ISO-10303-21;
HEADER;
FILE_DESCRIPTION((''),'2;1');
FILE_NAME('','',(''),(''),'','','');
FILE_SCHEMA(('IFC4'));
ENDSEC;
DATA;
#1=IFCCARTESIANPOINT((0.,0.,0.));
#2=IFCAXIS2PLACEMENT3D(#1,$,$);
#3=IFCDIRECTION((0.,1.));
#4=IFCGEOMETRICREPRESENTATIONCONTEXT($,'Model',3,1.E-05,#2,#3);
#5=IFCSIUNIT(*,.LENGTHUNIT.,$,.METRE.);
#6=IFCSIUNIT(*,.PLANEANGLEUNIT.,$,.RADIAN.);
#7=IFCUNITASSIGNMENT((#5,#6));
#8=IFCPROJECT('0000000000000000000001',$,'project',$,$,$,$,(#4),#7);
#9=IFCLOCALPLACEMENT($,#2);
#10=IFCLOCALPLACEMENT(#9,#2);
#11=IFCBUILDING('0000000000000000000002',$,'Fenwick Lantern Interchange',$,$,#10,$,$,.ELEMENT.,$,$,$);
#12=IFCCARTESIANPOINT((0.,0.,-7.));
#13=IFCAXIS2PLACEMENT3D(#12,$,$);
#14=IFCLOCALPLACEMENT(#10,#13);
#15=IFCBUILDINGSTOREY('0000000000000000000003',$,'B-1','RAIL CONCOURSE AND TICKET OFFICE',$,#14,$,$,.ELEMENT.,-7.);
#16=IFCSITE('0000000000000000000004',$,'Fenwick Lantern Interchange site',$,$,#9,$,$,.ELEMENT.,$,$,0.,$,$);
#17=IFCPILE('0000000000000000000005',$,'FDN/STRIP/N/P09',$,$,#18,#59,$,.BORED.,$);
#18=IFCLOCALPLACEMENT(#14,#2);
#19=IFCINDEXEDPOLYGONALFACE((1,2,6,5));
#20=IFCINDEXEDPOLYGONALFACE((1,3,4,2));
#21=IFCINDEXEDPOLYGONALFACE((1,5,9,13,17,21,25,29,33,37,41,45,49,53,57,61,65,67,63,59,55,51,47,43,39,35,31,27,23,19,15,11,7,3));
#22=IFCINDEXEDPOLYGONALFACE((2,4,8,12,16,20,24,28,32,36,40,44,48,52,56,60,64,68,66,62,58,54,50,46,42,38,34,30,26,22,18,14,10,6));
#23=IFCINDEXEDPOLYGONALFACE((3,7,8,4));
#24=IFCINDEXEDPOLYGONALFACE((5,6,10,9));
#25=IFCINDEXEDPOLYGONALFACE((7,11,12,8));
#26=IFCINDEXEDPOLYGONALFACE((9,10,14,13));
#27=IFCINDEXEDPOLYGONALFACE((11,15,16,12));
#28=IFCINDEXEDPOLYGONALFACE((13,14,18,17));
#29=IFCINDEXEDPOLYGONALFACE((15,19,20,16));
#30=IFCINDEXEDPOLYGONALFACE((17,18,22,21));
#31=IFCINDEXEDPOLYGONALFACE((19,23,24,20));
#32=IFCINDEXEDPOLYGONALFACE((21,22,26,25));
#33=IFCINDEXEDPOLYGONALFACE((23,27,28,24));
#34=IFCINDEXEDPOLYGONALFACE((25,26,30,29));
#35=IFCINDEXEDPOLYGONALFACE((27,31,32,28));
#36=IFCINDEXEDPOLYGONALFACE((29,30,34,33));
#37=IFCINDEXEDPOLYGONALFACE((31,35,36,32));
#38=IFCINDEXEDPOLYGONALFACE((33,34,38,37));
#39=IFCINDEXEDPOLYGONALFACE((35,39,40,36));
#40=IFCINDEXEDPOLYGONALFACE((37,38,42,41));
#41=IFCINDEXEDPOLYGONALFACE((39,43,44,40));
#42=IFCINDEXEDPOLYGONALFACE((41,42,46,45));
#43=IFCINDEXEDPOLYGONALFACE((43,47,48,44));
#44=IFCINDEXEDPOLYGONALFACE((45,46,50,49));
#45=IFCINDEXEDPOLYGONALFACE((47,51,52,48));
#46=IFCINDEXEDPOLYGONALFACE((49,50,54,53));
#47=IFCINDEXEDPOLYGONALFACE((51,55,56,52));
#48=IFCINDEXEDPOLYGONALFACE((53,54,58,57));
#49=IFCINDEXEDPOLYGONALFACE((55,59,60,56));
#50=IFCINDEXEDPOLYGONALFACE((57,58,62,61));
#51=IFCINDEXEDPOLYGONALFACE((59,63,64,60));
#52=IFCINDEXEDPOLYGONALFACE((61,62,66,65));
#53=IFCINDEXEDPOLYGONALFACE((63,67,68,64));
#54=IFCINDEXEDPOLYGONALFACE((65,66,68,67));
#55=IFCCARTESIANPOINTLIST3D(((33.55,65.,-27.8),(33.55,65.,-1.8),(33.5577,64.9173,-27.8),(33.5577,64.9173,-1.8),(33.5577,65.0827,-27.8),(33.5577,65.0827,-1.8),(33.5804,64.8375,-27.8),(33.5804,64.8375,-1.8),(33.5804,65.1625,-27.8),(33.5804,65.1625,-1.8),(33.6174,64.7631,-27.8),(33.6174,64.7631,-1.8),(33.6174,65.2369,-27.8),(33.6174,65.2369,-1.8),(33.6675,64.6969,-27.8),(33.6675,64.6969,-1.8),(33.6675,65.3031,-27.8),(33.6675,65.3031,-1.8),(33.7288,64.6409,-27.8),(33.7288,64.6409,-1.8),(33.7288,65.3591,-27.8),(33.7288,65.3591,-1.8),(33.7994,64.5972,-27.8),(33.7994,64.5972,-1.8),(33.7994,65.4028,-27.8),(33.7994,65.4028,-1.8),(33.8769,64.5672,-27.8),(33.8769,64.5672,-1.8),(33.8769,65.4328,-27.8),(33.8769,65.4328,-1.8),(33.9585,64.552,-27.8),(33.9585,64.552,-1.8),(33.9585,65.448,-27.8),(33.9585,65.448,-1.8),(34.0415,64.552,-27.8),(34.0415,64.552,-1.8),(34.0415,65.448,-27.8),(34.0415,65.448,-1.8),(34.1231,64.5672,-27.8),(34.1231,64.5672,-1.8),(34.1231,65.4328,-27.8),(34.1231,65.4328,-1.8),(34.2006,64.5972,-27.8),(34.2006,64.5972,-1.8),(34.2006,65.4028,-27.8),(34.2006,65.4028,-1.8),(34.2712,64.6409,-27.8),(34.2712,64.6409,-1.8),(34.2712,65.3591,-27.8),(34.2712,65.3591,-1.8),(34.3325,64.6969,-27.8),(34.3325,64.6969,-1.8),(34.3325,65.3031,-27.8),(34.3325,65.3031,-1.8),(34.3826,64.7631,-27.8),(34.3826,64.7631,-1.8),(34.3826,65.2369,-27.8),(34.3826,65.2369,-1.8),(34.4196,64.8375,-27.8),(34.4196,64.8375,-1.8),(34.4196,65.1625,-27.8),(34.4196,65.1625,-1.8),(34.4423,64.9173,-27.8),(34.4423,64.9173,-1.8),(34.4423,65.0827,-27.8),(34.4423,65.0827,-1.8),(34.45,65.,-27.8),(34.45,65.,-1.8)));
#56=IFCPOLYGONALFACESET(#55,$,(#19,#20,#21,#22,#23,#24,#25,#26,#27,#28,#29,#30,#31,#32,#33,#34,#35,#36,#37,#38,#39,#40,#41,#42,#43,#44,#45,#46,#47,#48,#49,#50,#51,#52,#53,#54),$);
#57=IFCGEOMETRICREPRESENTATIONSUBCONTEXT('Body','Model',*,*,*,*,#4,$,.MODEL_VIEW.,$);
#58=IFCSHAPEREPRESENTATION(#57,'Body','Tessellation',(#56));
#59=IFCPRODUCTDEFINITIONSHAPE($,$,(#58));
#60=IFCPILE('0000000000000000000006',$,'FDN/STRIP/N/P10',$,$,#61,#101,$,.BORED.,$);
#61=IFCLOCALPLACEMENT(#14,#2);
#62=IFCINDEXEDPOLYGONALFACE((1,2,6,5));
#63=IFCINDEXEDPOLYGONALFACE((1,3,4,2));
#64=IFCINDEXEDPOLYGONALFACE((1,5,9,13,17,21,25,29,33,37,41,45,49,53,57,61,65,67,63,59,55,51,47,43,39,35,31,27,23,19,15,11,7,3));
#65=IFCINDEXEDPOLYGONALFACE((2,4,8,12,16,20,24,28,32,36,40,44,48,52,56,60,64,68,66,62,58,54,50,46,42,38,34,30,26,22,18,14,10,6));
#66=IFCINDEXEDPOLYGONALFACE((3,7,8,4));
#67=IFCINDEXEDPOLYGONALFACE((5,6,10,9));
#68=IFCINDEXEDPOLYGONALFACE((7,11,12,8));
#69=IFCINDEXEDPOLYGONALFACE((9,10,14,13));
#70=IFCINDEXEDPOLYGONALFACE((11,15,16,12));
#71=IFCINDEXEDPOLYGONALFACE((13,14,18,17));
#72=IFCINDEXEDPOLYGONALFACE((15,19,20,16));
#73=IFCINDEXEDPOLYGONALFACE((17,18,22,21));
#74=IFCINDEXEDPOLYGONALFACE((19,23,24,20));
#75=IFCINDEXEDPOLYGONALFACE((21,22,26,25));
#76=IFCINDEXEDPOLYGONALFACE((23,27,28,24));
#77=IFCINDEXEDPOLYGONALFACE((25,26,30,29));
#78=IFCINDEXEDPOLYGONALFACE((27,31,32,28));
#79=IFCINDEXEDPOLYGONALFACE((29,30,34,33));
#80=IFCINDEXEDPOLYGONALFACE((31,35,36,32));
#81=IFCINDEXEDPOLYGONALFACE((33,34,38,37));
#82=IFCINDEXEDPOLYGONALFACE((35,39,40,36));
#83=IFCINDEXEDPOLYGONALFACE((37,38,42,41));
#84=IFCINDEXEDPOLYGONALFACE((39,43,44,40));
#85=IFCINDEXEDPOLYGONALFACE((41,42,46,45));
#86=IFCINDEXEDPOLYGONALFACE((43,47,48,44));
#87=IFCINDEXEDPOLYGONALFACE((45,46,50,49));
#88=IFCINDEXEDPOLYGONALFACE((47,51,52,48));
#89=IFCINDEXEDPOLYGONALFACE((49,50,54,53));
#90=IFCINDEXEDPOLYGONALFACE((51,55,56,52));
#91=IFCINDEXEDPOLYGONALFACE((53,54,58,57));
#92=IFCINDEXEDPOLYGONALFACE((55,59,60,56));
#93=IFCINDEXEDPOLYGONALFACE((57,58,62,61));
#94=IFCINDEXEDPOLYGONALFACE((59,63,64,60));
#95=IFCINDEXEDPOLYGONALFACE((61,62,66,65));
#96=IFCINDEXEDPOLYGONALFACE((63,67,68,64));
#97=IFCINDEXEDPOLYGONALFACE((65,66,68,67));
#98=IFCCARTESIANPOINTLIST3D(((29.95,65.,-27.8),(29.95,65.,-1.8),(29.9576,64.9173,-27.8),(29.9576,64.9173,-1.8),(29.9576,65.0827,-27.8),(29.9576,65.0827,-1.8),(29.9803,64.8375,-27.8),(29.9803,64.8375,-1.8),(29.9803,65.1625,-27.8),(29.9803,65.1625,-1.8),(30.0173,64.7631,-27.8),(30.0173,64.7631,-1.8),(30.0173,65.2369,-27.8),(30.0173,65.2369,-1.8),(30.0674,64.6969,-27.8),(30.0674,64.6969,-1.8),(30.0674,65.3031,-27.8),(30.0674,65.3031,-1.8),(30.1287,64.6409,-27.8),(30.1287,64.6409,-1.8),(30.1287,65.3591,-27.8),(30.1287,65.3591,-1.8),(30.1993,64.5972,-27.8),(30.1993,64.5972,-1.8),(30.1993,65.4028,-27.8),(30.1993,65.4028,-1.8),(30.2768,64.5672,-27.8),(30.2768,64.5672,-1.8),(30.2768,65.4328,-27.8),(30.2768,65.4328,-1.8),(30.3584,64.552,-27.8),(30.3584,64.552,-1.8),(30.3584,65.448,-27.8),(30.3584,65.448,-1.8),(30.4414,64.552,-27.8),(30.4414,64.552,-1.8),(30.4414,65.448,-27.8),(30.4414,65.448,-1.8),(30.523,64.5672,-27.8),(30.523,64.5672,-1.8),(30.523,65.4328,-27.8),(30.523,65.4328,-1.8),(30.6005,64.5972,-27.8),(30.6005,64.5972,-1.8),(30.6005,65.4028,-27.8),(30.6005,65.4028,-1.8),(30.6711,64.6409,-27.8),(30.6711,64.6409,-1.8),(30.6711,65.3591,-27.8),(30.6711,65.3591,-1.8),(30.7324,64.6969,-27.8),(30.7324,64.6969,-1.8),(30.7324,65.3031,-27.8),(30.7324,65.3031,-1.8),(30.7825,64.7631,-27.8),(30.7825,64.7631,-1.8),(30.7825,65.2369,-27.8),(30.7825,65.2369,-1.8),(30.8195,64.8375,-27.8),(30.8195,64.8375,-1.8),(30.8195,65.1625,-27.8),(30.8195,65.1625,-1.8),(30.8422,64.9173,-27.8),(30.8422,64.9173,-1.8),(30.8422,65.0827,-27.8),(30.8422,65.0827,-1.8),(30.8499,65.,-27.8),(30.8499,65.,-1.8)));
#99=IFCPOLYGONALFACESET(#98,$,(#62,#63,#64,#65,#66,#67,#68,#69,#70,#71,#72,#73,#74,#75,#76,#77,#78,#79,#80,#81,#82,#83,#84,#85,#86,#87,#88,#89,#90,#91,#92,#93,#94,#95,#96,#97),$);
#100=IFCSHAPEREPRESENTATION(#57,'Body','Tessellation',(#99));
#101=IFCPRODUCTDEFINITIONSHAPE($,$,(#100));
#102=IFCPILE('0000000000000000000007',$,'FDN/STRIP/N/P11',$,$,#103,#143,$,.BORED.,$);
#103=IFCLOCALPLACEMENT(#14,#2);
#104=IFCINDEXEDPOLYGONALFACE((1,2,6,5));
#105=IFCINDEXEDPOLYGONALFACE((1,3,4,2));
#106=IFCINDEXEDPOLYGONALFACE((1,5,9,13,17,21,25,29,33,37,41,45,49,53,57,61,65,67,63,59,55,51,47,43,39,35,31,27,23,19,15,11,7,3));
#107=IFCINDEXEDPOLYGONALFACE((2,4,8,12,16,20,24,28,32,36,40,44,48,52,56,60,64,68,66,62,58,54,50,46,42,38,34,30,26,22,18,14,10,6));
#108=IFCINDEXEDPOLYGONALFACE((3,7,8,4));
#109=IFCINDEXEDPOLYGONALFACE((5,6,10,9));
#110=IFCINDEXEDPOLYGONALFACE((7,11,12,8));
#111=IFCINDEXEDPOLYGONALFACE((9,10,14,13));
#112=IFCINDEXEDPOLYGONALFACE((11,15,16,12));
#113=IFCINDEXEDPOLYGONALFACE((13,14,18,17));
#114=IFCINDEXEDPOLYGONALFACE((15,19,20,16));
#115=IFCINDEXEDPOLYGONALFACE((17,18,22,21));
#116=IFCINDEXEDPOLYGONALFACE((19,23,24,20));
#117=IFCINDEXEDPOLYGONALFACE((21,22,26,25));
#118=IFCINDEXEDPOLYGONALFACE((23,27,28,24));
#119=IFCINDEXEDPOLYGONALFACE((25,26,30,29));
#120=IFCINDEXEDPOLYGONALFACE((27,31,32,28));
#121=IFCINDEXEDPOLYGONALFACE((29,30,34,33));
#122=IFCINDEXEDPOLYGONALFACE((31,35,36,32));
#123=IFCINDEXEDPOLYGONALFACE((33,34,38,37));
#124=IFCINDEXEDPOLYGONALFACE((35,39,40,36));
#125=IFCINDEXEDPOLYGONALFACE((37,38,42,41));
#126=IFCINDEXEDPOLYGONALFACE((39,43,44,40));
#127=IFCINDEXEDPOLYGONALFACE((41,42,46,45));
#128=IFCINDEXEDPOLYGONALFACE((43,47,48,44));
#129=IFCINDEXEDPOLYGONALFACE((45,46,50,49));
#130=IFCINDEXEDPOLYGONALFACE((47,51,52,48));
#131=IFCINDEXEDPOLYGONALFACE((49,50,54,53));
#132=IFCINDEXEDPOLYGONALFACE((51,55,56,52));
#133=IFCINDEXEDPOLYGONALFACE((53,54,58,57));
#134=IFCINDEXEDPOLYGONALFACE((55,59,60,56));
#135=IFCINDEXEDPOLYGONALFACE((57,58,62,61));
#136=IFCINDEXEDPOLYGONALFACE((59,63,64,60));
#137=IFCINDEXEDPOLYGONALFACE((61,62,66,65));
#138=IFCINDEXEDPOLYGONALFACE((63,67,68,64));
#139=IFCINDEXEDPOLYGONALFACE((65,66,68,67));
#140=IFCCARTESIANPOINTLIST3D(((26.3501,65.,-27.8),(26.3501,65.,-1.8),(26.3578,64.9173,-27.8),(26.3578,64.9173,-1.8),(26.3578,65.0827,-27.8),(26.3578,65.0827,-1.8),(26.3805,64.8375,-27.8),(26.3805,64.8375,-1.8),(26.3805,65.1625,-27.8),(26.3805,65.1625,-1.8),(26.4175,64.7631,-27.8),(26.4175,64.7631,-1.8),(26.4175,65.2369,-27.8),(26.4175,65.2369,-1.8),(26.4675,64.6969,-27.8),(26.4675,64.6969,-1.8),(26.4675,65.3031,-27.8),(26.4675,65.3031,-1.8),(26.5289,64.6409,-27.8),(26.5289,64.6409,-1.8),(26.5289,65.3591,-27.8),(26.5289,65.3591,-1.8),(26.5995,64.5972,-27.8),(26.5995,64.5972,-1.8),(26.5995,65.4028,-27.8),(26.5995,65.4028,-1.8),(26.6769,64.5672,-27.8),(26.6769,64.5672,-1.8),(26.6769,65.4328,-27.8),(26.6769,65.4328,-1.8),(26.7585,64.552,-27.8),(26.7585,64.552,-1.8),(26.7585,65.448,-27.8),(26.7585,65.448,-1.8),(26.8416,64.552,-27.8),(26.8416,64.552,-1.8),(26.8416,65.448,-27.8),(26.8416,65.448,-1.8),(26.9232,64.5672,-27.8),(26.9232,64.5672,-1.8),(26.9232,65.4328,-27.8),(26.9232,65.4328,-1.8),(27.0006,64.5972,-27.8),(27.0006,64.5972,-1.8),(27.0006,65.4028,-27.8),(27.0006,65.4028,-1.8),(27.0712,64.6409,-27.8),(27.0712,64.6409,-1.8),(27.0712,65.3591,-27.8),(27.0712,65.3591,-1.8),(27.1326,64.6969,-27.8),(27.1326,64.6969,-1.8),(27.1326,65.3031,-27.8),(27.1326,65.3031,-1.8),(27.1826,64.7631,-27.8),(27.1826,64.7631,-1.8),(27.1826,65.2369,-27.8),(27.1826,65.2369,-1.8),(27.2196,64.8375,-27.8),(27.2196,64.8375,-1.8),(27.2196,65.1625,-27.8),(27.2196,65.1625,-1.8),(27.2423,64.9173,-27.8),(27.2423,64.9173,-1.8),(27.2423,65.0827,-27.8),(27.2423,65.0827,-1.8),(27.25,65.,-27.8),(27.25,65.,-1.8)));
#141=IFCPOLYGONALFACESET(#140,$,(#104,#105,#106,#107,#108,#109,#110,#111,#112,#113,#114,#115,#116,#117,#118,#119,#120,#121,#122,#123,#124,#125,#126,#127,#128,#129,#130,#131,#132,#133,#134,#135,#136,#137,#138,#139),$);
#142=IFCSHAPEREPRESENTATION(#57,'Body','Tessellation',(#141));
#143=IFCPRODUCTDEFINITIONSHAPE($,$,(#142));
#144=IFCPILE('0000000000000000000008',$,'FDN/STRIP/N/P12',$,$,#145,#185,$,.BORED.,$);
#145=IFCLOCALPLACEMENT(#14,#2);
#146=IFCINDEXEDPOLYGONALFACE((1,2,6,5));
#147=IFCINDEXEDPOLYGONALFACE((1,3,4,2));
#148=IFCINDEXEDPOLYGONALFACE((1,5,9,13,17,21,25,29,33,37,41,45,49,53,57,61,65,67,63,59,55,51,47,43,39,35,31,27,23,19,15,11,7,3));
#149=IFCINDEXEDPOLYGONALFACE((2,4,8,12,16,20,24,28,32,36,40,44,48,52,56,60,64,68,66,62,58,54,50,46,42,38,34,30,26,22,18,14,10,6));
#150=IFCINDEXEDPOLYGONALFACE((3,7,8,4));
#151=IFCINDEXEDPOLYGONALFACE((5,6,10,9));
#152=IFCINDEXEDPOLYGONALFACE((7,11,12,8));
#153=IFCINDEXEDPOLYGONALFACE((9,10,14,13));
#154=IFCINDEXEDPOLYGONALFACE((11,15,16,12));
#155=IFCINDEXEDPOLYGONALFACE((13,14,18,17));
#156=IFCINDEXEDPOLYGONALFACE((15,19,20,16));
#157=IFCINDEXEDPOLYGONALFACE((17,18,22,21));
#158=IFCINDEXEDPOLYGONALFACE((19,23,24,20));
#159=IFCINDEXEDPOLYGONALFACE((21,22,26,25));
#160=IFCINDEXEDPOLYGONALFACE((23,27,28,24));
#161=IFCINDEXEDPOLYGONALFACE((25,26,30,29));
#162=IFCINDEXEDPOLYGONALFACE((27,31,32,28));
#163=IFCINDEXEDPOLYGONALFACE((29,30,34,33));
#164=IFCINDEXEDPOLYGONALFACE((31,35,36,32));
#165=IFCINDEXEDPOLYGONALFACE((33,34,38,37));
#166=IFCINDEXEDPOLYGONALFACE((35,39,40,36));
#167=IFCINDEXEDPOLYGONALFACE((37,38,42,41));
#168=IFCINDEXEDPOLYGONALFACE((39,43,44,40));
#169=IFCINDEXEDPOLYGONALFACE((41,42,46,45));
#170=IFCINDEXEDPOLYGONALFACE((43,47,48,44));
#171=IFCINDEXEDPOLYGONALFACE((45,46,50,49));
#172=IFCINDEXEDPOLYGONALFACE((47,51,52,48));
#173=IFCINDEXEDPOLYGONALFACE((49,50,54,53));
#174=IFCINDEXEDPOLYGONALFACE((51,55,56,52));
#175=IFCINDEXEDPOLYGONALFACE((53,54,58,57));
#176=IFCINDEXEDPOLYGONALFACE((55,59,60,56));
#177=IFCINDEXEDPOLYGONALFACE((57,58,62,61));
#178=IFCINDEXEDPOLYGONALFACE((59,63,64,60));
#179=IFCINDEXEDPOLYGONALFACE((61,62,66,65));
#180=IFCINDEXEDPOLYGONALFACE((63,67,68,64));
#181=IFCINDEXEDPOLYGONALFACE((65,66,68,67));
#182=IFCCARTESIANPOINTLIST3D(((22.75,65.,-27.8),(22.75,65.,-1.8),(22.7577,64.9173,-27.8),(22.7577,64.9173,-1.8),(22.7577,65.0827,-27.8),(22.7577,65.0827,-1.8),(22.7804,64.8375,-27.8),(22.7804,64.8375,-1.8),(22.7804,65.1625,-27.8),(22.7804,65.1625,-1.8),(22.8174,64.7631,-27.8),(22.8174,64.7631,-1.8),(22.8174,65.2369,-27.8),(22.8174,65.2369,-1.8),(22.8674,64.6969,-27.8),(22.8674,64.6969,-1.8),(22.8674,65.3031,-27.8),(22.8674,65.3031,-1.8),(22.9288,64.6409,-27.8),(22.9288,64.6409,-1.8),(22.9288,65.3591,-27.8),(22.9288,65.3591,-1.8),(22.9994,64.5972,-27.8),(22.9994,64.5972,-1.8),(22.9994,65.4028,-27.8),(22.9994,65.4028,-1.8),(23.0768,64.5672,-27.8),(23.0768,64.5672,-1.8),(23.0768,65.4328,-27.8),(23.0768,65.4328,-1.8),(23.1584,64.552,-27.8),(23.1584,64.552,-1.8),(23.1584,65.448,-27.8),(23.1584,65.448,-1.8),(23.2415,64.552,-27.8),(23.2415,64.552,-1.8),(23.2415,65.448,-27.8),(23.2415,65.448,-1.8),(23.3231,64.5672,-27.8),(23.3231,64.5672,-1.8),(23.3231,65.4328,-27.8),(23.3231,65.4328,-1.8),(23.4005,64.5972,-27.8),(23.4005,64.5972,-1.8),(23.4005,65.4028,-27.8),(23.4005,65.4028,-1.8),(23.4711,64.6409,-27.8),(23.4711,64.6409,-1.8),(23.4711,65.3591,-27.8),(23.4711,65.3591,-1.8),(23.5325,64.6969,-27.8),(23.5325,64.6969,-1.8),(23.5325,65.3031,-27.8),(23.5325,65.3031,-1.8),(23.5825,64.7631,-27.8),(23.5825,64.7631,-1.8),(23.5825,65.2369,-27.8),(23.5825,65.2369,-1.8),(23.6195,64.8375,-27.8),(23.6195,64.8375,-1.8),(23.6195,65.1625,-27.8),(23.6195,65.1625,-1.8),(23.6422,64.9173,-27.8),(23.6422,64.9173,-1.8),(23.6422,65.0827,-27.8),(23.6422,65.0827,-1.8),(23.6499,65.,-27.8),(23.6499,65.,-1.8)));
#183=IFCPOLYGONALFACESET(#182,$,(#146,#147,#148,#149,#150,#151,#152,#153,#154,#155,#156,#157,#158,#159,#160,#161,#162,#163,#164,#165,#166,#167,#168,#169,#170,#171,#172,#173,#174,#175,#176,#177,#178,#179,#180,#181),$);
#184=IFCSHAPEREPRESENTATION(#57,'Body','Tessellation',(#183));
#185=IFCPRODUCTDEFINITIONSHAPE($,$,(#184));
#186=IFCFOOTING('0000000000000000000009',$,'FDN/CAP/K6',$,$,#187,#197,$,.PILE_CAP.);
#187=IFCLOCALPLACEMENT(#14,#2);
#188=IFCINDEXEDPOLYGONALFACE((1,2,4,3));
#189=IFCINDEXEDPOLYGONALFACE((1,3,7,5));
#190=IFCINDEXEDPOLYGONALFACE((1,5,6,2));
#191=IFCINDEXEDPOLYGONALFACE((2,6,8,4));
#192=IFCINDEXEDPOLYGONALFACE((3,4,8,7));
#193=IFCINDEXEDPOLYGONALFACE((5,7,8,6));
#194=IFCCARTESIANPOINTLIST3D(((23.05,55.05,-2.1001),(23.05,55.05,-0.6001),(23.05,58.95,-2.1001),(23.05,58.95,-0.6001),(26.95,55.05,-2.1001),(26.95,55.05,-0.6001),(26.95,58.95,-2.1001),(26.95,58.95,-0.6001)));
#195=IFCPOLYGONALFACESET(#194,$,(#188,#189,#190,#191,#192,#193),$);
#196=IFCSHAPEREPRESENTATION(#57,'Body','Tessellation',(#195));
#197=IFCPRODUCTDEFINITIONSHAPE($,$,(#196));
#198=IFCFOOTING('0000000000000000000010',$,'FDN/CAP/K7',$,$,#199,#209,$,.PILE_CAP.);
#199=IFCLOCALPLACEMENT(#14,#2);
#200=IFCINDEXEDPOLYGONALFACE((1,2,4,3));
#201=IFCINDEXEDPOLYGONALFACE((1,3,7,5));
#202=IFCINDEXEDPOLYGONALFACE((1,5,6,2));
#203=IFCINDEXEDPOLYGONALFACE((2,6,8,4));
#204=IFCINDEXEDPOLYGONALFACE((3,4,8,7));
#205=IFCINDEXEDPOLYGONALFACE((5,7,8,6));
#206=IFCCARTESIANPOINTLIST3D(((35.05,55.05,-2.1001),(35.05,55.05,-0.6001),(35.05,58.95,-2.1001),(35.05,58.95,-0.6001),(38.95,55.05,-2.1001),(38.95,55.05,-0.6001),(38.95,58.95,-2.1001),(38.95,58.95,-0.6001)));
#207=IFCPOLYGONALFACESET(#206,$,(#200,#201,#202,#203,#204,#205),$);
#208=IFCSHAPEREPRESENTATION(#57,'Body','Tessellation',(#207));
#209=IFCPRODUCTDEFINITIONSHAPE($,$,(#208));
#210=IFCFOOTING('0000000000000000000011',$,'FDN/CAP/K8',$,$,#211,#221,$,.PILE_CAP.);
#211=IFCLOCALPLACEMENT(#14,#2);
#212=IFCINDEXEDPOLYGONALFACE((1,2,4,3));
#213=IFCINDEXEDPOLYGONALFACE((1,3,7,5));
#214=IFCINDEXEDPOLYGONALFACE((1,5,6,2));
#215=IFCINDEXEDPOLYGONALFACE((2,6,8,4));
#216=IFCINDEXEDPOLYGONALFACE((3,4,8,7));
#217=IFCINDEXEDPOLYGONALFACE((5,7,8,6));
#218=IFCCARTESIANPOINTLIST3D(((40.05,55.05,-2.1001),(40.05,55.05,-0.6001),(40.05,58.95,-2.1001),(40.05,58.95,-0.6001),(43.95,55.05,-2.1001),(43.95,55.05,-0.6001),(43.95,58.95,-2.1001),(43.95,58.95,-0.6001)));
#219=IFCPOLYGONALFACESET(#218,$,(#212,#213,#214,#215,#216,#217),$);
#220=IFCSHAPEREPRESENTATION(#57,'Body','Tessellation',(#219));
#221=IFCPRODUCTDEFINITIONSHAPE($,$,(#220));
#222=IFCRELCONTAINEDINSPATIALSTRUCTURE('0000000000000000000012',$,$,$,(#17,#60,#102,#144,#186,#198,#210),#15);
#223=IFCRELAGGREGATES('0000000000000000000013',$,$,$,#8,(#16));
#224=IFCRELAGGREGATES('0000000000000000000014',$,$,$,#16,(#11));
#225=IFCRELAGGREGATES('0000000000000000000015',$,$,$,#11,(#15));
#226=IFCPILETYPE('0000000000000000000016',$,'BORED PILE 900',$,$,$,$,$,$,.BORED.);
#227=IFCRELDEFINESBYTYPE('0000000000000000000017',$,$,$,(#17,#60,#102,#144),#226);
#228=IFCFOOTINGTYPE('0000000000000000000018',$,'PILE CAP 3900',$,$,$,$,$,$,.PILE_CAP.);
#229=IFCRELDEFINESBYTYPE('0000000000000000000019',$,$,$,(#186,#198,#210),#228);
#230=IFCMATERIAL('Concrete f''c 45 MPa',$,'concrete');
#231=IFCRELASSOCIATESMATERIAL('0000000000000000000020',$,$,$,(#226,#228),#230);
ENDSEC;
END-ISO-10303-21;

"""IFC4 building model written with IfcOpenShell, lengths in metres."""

from ifc_helpers import new_model, si_unit, direction, frame, origin, origin_2d, place, context, subcontext, project, spatial, rectangle, circle, extrude, material, type_object, element, save


model = new_model("IFC4")

# Units and contexts
model_context = context("Model", 3, precision=1e-05, world=origin(), true_north=direction((0.0, 1.0)))
body_context = subcontext(model_context, "Body", "Model", "MODEL_VIEW")
ifc_project = project(units=[si_unit("LENGTHUNIT", "METRE"), si_unit("PLANEANGLEUNIT", "RADIAN")], contexts=[model_context])

# Site, building, storey
site_placement = place(None, origin())
site = spatial("IfcSite", under=ifc_project, at=site_placement, Name="Fenwick Lantern Interchange site", CompositionType="ELEMENT", RefElevation=0.0)
building_placement = place(site_placement, origin())
building = spatial("IfcBuilding", under=site, at=building_placement, Name="Fenwick Lantern Interchange", CompositionType="ELEMENT")
storey_placement = place(building_placement, frame((0.0, 0.0, -7.0)))
storey = spatial("IfcBuildingStorey", under=building, at=storey_placement, Name="B-1", Description="RAIL CONCOURSE AND TICKET OFFICE", CompositionType="ELEMENT", Elevation=-7.0)

# Piles
ifc_material_1 = material(Name="Concrete f'c 45 MPa", Category="concrete")
pile_type_1 = type_object("IfcPileType", Name="BORED PILE 900", PredefinedType="BORED", material=ifc_material_1)
for number, where, z_axis, x_axis, name in (
    (1, (34.0, 65.0, -1.8), (0.0, 0.0, -1.0), (1.0, 0.0, 0.0), "FDN/STRIP/N/P09"),
    (2, (30.3999, 65.0, -1.8), (0.0, 0.0, -1.0), (1.0, 0.0, 0.0), "FDN/STRIP/N/P10"),
    (3, (26.8, 65.0, -1.8), (0.0, 0.0, -1.0), (1.0, 0.0, 0.0), "FDN/STRIP/N/P11"),
    (4, (23.2, 65.0, -1.8), (0.0, 0.0, -1.0), (1.0, 0.0, 0.0), "FDN/STRIP/N/P12"),
):
    element("IfcPile", number, at=place(storey_placement, frame(where, z_axis=z_axis, x_axis=x_axis)), inside=storey, type_object=pile_type_1, Name=name, PredefinedType="BORED", context=body_context, shape_type="SweptSolid", body=[
        extrude(circle(Radius=0.45, at=origin_2d()), origin(), (0.0, 0.0, 1.0), 26.0),
    ])

# Footings
footing_type_1 = type_object("IfcFootingType", Name="PILE CAP 3900", PredefinedType="PILE_CAP", material=ifc_material_1)
for number, where, z_axis, x_axis, name in (
    (5, (25.0, 57.0, -2.1001), (0.0, 0.0, 1.0), (1.0, 0.0, 0.0), "FDN/CAP/K6"),
    (6, (37.0, 57.0, -2.1001), (0.0, 0.0, 1.0), (1.0, 0.0, 0.0), "FDN/CAP/K7"),
    (7, (42.0, 57.0, -2.1001), (0.0, 0.0, 1.0), (1.0, 0.0, 0.0), "FDN/CAP/K8"),
):
    element("IfcFooting", number, at=place(storey_placement, frame(where, z_axis=z_axis, x_axis=x_axis)), inside=storey, type_object=footing_type_1, Name=name, PredefinedType="PILE_CAP", context=body_context, shape_type="SweptSolid", body=[
        extrude(rectangle(XDim=3.8999, YDim=3.8999, at=origin_2d()), origin(), (0.0, 0.0, 1.0), 1.5),
    ])

save(model, "model.ifc")
